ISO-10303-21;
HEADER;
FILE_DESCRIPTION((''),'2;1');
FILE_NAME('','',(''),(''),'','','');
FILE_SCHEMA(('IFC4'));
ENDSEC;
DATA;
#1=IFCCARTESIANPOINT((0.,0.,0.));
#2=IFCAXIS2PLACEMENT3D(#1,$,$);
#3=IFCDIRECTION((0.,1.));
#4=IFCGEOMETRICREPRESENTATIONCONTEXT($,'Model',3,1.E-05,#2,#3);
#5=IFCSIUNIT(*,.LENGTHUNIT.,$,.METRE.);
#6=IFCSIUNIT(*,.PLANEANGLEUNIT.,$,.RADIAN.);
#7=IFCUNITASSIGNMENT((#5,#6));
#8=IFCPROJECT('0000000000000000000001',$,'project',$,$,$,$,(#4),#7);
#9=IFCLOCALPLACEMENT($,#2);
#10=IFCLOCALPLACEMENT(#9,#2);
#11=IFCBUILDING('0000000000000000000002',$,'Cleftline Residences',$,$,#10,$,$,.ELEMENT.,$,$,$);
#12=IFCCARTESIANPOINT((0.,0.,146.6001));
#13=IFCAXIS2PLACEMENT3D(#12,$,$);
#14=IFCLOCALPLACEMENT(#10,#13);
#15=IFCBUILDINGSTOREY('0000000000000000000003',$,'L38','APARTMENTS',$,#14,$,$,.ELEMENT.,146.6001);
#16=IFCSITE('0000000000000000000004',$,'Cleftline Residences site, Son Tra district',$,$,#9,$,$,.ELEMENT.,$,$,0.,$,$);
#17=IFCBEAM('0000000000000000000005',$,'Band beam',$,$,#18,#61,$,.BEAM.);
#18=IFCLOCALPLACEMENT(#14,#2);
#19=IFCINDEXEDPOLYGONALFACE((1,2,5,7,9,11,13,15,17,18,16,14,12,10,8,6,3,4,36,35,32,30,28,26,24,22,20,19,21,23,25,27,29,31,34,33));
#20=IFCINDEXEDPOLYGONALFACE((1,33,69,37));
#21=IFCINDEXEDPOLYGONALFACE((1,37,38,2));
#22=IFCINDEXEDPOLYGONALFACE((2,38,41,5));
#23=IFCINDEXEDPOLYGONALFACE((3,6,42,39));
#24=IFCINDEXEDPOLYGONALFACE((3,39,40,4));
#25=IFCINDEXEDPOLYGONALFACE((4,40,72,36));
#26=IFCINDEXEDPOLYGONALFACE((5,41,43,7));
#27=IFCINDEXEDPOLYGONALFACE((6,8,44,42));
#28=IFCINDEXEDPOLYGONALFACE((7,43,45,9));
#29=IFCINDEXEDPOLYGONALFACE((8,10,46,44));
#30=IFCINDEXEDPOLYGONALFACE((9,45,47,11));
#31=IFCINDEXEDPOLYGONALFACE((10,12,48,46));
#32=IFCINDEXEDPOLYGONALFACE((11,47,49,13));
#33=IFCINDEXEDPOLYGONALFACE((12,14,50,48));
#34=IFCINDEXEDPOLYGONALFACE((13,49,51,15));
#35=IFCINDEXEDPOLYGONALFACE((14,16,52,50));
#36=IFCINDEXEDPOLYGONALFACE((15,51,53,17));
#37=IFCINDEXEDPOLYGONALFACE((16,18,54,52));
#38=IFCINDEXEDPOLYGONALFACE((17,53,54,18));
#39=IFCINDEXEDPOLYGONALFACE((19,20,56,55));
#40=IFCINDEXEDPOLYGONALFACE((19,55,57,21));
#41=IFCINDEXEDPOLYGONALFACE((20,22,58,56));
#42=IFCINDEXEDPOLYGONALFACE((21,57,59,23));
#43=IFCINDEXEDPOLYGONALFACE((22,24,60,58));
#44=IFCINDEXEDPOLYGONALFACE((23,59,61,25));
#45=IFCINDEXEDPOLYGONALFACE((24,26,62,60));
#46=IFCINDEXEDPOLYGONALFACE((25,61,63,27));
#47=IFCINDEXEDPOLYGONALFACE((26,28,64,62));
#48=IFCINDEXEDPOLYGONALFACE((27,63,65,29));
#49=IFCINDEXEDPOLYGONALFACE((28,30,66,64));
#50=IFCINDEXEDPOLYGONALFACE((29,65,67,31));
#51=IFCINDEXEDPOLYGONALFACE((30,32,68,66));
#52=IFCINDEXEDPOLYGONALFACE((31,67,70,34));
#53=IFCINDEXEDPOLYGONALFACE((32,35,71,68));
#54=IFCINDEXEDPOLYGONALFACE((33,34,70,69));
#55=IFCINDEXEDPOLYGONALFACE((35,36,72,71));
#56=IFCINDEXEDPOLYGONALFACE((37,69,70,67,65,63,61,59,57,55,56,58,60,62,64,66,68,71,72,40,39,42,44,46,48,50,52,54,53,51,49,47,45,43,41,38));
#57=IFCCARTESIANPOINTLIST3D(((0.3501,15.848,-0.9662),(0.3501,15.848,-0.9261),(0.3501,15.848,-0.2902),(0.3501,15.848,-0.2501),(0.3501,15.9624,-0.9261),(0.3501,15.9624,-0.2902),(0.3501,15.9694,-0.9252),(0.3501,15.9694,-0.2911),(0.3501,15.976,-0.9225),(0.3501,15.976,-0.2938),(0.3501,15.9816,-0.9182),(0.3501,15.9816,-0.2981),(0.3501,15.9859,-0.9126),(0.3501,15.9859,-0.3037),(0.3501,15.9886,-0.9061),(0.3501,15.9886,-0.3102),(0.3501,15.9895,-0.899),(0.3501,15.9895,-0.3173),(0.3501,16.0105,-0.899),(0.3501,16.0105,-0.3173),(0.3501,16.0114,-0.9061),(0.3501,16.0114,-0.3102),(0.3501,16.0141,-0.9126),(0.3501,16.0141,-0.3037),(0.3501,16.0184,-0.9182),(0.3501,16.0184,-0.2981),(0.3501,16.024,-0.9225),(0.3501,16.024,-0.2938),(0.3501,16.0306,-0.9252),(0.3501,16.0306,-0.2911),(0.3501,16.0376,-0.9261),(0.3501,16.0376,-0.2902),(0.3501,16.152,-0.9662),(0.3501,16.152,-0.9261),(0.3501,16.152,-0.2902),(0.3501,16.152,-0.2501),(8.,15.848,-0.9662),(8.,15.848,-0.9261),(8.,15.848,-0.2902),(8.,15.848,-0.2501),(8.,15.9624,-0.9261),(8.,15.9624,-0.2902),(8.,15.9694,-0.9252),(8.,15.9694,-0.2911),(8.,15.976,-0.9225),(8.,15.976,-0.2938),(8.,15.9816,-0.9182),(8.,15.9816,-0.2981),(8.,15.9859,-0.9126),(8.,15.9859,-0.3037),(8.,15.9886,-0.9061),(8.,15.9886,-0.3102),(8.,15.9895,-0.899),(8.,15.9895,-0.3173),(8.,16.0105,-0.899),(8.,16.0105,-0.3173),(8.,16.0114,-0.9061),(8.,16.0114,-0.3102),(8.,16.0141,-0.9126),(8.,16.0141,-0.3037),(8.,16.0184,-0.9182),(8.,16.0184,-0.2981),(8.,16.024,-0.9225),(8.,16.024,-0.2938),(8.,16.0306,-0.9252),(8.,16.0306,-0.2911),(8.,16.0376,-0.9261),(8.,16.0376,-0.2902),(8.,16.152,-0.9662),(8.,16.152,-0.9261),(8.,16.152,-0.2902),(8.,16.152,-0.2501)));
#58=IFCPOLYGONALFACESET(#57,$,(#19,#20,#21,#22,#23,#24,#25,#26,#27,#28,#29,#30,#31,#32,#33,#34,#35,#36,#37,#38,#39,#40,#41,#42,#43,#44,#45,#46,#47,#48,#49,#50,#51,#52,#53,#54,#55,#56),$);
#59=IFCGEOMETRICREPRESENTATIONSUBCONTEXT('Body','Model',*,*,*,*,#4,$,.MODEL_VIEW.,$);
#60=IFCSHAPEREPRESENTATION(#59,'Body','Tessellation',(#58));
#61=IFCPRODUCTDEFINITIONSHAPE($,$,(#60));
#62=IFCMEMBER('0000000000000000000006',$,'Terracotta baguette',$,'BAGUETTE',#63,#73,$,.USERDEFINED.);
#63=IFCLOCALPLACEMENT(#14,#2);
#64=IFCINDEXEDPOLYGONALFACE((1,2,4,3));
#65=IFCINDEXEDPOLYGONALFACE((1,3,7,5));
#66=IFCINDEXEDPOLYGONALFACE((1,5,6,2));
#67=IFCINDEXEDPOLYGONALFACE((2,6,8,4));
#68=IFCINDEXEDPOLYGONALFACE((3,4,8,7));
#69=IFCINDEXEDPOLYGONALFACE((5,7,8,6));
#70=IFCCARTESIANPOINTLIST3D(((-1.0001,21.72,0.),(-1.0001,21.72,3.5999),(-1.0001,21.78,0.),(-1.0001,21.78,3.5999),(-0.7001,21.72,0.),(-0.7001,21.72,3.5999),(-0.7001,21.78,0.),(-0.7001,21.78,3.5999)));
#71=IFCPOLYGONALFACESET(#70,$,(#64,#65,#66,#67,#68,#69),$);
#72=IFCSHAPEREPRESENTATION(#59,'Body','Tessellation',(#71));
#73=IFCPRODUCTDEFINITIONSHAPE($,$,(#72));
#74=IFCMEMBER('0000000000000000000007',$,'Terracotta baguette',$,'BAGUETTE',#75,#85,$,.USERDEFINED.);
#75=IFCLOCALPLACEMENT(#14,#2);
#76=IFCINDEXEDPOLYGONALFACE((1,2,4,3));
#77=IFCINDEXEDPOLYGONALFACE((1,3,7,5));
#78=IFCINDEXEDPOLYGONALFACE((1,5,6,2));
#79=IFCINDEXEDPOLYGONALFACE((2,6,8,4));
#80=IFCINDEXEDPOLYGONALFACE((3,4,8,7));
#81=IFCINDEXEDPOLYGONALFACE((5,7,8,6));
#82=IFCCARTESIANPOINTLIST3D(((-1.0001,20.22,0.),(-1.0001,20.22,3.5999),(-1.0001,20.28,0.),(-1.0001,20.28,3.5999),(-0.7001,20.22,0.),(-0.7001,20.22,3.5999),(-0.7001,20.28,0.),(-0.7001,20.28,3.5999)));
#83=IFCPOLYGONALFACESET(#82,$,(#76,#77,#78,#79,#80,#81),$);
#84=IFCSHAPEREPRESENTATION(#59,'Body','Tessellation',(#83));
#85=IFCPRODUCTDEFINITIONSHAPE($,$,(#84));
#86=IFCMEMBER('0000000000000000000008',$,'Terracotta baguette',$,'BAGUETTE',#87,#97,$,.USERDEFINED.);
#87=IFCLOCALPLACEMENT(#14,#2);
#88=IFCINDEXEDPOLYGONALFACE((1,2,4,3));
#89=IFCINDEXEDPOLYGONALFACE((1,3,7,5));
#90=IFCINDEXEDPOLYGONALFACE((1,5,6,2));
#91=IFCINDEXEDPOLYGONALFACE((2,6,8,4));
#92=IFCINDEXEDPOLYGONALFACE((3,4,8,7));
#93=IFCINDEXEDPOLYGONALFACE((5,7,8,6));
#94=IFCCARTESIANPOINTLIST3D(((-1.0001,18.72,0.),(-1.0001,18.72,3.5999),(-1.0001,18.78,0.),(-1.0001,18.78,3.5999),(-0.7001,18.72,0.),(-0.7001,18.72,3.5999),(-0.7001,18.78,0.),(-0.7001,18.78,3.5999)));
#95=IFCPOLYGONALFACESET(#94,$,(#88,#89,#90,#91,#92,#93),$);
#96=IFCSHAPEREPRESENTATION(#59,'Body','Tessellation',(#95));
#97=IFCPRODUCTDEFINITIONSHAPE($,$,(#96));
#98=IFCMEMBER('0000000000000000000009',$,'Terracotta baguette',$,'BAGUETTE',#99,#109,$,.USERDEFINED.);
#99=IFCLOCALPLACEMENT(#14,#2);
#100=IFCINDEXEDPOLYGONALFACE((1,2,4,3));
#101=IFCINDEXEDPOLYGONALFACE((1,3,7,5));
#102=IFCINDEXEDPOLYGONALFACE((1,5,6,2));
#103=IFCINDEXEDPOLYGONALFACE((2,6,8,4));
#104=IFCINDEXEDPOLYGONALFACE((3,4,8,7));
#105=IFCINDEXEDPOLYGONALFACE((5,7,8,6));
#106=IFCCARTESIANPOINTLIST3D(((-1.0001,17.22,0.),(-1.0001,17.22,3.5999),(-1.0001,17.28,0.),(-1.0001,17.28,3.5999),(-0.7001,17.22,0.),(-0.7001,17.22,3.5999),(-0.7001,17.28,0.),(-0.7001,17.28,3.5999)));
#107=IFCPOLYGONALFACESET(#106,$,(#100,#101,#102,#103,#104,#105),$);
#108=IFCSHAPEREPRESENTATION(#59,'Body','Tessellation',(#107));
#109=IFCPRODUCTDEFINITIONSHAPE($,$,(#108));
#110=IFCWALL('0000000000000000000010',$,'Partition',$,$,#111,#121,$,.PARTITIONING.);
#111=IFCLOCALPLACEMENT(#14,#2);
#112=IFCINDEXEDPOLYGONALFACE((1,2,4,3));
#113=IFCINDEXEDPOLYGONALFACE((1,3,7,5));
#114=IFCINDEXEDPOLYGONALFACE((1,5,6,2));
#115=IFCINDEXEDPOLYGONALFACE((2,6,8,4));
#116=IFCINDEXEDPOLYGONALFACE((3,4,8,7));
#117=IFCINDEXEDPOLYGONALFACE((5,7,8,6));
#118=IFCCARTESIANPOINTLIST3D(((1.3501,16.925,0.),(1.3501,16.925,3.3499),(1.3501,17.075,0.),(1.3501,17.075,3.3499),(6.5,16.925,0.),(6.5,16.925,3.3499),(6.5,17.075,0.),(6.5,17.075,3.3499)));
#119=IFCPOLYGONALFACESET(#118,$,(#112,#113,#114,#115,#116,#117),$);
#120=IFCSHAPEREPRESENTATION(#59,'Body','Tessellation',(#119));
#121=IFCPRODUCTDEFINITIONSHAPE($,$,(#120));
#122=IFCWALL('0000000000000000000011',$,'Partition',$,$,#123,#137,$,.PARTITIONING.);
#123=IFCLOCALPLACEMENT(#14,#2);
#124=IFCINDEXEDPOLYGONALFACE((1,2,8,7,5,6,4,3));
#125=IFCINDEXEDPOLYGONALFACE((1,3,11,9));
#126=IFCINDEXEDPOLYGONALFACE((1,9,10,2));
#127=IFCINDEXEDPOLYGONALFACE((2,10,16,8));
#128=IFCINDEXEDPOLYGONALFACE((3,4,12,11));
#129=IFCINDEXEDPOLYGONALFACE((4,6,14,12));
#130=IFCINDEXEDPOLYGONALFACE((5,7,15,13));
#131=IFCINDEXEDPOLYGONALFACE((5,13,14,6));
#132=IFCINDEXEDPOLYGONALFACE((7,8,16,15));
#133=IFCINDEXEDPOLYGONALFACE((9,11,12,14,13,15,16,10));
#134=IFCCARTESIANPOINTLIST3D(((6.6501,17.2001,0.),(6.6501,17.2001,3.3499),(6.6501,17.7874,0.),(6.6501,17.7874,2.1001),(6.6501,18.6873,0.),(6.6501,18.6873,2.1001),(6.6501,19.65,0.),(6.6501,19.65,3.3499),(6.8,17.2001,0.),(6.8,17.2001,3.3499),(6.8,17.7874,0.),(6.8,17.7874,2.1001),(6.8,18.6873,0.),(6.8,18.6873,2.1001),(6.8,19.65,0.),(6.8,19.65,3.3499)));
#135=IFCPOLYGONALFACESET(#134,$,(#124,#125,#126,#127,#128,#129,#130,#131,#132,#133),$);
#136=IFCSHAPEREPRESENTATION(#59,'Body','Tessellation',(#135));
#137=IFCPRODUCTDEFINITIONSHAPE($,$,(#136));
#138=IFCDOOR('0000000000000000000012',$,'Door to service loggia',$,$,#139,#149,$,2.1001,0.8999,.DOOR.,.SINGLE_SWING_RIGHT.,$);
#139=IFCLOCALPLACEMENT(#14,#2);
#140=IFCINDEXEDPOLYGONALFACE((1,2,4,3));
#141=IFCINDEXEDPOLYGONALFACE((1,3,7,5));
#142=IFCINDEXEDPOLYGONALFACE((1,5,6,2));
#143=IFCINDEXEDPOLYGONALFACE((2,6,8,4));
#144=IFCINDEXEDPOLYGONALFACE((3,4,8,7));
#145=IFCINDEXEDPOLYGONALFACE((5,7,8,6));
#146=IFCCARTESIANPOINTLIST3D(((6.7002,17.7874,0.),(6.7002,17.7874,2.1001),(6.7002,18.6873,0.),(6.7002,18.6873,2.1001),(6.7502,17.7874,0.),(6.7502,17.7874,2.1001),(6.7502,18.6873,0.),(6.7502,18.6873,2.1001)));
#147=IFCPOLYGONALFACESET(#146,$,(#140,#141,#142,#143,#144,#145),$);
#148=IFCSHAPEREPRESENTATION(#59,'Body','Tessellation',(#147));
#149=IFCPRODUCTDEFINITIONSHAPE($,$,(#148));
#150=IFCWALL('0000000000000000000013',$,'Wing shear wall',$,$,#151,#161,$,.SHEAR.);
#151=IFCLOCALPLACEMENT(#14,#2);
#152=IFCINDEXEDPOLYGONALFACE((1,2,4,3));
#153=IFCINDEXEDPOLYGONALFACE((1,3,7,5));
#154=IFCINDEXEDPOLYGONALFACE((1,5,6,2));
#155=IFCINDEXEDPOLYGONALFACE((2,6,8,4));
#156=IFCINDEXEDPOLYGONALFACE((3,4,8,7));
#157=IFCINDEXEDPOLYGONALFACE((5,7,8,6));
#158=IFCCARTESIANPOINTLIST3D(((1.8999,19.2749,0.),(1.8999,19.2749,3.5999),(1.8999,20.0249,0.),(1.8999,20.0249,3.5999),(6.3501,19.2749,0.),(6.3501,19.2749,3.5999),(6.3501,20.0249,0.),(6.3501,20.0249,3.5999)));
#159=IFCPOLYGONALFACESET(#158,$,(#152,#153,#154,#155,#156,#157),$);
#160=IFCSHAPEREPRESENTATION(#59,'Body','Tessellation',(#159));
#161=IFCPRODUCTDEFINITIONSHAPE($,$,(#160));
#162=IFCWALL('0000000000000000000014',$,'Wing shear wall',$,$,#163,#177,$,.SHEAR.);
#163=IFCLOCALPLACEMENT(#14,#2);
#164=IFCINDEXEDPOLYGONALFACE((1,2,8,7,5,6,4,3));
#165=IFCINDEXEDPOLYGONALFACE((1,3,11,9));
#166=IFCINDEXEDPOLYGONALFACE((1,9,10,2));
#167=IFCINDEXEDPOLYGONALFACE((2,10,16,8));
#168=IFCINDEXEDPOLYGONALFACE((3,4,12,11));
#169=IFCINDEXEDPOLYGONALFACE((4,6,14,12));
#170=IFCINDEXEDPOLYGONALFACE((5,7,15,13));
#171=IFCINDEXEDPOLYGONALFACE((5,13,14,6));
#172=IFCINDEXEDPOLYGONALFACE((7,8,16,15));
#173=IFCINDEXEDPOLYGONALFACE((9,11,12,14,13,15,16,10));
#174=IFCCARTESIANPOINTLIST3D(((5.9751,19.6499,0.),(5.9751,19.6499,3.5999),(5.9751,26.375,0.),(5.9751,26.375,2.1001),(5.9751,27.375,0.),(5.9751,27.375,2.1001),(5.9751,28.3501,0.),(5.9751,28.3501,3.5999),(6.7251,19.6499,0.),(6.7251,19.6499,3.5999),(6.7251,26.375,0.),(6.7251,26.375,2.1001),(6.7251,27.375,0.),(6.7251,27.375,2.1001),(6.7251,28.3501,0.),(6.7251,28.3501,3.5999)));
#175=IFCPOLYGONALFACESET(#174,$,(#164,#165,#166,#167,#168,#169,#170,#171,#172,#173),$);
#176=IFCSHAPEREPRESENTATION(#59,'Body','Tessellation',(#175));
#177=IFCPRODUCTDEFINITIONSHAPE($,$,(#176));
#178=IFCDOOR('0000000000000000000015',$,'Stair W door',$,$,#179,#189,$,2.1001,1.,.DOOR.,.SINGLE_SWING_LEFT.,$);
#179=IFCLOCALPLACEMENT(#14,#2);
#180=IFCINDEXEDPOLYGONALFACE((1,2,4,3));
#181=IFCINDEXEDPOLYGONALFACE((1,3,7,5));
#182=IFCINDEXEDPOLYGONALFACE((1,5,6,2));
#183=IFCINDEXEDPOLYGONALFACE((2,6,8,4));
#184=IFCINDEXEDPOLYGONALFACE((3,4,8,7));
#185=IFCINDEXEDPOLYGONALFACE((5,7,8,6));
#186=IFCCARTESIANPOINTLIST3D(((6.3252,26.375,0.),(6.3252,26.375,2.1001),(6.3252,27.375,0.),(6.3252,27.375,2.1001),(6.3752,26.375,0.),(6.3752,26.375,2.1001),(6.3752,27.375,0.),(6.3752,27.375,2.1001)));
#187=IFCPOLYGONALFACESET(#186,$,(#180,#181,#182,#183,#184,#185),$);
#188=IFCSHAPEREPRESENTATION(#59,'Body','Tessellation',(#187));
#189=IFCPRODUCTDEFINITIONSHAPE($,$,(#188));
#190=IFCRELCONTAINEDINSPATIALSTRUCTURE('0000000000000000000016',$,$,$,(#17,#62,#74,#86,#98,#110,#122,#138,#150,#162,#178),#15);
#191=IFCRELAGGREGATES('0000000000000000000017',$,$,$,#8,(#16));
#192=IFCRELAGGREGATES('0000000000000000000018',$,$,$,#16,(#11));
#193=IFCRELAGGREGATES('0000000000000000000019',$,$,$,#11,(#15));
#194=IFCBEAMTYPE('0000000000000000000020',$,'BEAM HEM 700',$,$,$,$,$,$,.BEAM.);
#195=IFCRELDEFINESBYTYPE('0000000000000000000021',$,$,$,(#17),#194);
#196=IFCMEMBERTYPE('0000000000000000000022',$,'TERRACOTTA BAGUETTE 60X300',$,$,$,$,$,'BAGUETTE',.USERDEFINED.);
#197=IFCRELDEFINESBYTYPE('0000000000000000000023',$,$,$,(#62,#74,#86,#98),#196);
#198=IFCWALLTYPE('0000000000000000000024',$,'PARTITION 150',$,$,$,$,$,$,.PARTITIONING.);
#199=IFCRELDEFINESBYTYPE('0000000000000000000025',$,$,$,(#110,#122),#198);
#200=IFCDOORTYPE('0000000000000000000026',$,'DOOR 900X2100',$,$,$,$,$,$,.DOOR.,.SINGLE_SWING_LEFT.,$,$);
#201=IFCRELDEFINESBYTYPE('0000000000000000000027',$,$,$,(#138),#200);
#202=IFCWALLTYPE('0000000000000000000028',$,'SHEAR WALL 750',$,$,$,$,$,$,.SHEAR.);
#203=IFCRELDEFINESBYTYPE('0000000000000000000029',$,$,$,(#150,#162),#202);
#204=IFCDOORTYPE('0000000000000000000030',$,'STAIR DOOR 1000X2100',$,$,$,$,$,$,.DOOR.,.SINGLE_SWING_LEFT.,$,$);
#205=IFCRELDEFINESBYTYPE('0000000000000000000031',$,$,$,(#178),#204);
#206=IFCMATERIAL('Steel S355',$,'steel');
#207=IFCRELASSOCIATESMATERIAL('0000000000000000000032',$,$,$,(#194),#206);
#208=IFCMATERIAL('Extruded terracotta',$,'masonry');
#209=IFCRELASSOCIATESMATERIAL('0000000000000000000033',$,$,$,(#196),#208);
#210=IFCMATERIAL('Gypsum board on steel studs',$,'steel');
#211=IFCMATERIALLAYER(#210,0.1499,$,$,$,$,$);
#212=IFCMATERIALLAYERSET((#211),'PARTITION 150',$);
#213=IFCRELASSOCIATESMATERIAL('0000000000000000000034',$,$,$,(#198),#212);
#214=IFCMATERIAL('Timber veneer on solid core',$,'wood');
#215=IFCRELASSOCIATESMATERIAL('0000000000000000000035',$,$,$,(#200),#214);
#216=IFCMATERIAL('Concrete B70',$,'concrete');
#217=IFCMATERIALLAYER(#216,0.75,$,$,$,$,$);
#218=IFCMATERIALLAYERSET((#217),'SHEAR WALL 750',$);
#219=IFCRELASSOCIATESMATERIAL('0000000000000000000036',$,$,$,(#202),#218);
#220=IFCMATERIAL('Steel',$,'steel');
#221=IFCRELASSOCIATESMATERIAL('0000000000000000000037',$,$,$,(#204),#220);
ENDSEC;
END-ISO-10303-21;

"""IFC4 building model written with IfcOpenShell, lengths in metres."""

from ifc_helpers import new_model, si_unit, direction, frame, frame_2d, origin, origin_2d, place, context, subcontext, project, spatial, rectangle, i_section, extrude, material, layer, layer_set, material_profile, profile_set, type_object, element, fill, save


model = new_model("IFC4")

# Units and contexts
model_context = context("Model", 3, precision=1e-05, world=origin(), true_north=direction((0.0, 1.0)))
body_context = subcontext(model_context, "Body", "Model", "MODEL_VIEW")
ifc_project = project(units=[si_unit("LENGTHUNIT", "METRE"), si_unit("PLANEANGLEUNIT", "RADIAN")], contexts=[model_context])

# Site, building, storey
site_placement = place(None, origin())
site = spatial("IfcSite", under=ifc_project, at=site_placement, Name="Cleftline Residences site, Son Tra district", CompositionType="ELEMENT", RefElevation=0.0)
building_placement = place(site_placement, origin())
building = spatial("IfcBuilding", under=site, at=building_placement, Name="Cleftline Residences", CompositionType="ELEMENT")
storey_placement = place(building_placement, frame((0.0, 0.0, 146.6001)))
storey = spatial("IfcBuildingStorey", under=building, at=storey_placement, Name="L38", Description="APARTMENTS", CompositionType="ELEMENT", Elevation=146.6001)

# Beam
ifc_material_1 = material(Name="Steel S355", Category="steel")
ifc_material_profile_1 = material_profile(ifc_material_1, i_section(OverallWidth=0.304, OverallDepth=0.7161, WebThickness=0.021, FlangeThickness=0.04, FilletRadius=0.0271, at=origin_2d()))
ifc_profile_set_1 = profile_set([ifc_material_profile_1], Name="Steel S355")
beam_type_1 = type_object("IfcBeamType", Name="BEAM HEM 700", PredefinedType="BEAM", material=ifc_profile_set_1)
beam_1_placement = place(storey_placement, frame((0.3501, 16.0, -0.6082), z_axis=(1.0, 0.0, 0.0), x_axis=(0.0, 1.0, 0.0)))
element("IfcBeam", 1, at=beam_1_placement, inside=storey, type_object=beam_type_1, Name="Band beam", PredefinedType="BEAM", context=body_context, shape_type="SweptSolid", body=[
    extrude(i_section(OverallWidth=0.304, OverallDepth=0.7161, WebThickness=0.021, FlangeThickness=0.04, FilletRadius=0.0271, at=origin_2d()), origin(), (0.0, 0.0, 1.0), 7.6499),
])

# Members
ifc_material_2 = material(Name="Extruded terracotta", Category="masonry")
ifc_material_profile_2 = material_profile(ifc_material_2, rectangle(XDim=0.0601, YDim=0.3, at=origin_2d()))
ifc_profile_set_2 = profile_set([ifc_material_profile_2], Name="Extruded terracotta")
member_type_1 = type_object("IfcMemberType", Name="TERRACOTTA BAGUETTE 60X300", ElementType="BAGUETTE", PredefinedType="USERDEFINED", material=ifc_profile_set_2)
for number, where, z_axis, x_axis, name in (
    (2, (-0.8501, 21.75, 0.0), (0.0, 0.0, 1.0), (0.0, 1.0, 0.0), "Terracotta baguette"),
    (3, (-0.8501, 20.25, 0.0), (0.0, 0.0, 1.0), (0.0, 1.0, 0.0), "Terracotta baguette"),
    (4, (-0.8501, 18.75, 0.0), (0.0, 0.0, 1.0), (0.0, 1.0, 0.0), "Terracotta baguette"),
    (5, (-0.8501, 17.25, 0.0), (0.0, 0.0, 1.0), (0.0, 1.0, 0.0), "Terracotta baguette"),
):
    element("IfcMember", number, at=place(storey_placement, frame(where, z_axis=z_axis, x_axis=x_axis)), inside=storey, type_object=member_type_1, Name=name, ObjectType="BAGUETTE", PredefinedType="USERDEFINED", context=body_context, shape_type="SweptSolid", body=[
        extrude(rectangle(XDim=0.0601, YDim=0.3, at=origin_2d()), origin(), (0.0, 0.0, 1.0), 3.5999),
    ])

# Wall
ifc_material_3 = material(Name="Gypsum board on steel studs", Category="steel")
ifc_layer_1 = layer(ifc_material_3, 0.1499)
ifc_layer_set_1 = layer_set([ifc_layer_1], Name="PARTITION 150")
wall_type_1 = type_object("IfcWallType", Name="PARTITION 150", PredefinedType="PARTITIONING", material=ifc_layer_set_1)
wall_1_placement = place(storey_placement, frame((1.3501, 17.0, 0.0), z_axis=(0.0, 0.0, 1.0), x_axis=(1.0, 0.0, 0.0)))
element("IfcWall", 6, at=wall_1_placement, inside=storey, type_object=wall_type_1, Name="Partition", PredefinedType="PARTITIONING", context=body_context, shape_type="SweptSolid", body=[
    extrude(rectangle(XDim=5.1499, YDim=0.1499, at=frame_2d((2.575, 0.0))), origin(), (0.0, 0.0, 1.0), 3.3499),
])

# Wall, opening, door
wall_2_placement = place(storey_placement, frame((6.7251, 17.2, 0.0), z_axis=(0.0, 0.0, 1.0), x_axis=(0.0, 1.0, 0.0)))
wall_2 = element("IfcWall", 7, at=wall_2_placement, inside=storey, type_object=wall_type_1, Name="Partition", PredefinedType="PARTITIONING", context=body_context, shape_type="SweptSolid", body=[
    extrude(rectangle(XDim=2.45, YDim=0.1499, at=frame_2d((1.2251, 0.0))), origin(), (0.0, 0.0, 1.0), 3.3499),
])
opening_1_placement = place(wall_2_placement, frame((0.5874, 0.0, 0.0)))
opening_1 = element("IfcOpeningElement", 8, at=opening_1_placement, cuts=wall_2, PredefinedType="OPENING", context=body_context, shape_type="SweptSolid", body=[
    extrude(rectangle(XDim=0.8999, YDim=2.1001, at=frame_2d((0.45, 1.05))), frame((0.0, 0.085, 0.0), z_axis=(0.0, -1.0, 0.0), x_axis=(1.0, 0.0, 0.0)), (0.0, 0.0, 1.0), 0.1699),
])
ifc_material_4 = material(Name="Timber veneer on solid core", Category="wood")
door_type_1 = type_object("IfcDoorType", Name="DOOR 900X2100", OperationType="SINGLE_SWING_LEFT", PredefinedType="DOOR", material=ifc_material_4)
door_1_placement = place(opening_1_placement, origin())
door_1 = element("IfcDoor", 9, at=door_1_placement, inside=storey, type_object=door_type_1, Name="Door to service loggia", OperationType="SINGLE_SWING_RIGHT", OverallHeight=2.1001, OverallWidth=0.8999, PredefinedType="DOOR", context=body_context, shape_type="SweptSolid", body=[
    extrude(rectangle(XDim=0.8999, YDim=2.1001, at=frame_2d((0.45, 1.05))), frame((0.0, 0.0249, 0.0), z_axis=(0.0, -1.0, 0.0), x_axis=(1.0, 0.0, 0.0)), (0.0, 0.0, 1.0), 0.05),
])
fill(opening_1, door_1)

# Wall
ifc_material_5 = material(Name="Concrete B70", Category="concrete")
ifc_layer_2 = layer(ifc_material_5, 0.75)
ifc_layer_set_2 = layer_set([ifc_layer_2], Name="SHEAR WALL 750")
wall_type_2 = type_object("IfcWallType", Name="SHEAR WALL 750", PredefinedType="SHEAR", material=ifc_layer_set_2)
wall_3_placement = place(storey_placement, frame((1.8999, 19.6499, 0.0), z_axis=(0.0, 0.0, 1.0), x_axis=(1.0, 0.0, 0.0)))
element("IfcWall", 10, at=wall_3_placement, inside=storey, type_object=wall_type_2, Name="Wing shear wall", PredefinedType="SHEAR", context=body_context, shape_type="SweptSolid", body=[
    extrude(rectangle(XDim=4.4502, YDim=0.75, at=frame_2d((2.2251, 0.0))), origin(), (0.0, 0.0, 1.0), 3.5999),
])

# Wall, opening, door
wall_4_placement = place(storey_placement, frame((6.3501, 19.6499, 0.0), z_axis=(0.0, 0.0, 1.0), x_axis=(0.0, 1.0, 0.0)))
wall_4 = element("IfcWall", 11, at=wall_4_placement, inside=storey, type_object=wall_type_2, Name="Wing shear wall", PredefinedType="SHEAR", context=body_context, shape_type="SweptSolid", body=[
    extrude(rectangle(XDim=8.7002, YDim=0.75, at=frame_2d((4.3501, 0.0))), origin(), (0.0, 0.0, 1.0), 3.5999),
])
opening_2_placement = place(wall_4_placement, frame((6.7251, 0.0, 0.0)))
opening_2 = element("IfcOpeningElement", 12, at=opening_2_placement, cuts=wall_4, PredefinedType="OPENING", context=body_context, shape_type="SweptSolid", body=[
    extrude(rectangle(XDim=1.0, YDim=2.1001, at=frame_2d((0.5, 1.05))), frame((0.0, 0.385, 0.0), z_axis=(0.0, -1.0, 0.0), x_axis=(1.0, 0.0, 0.0)), (0.0, 0.0, 1.0), 0.77),
])
ifc_material_6 = material(Name="Steel", Category="steel")
door_type_2 = type_object("IfcDoorType", Name="STAIR DOOR 1000X2100", OperationType="SINGLE_SWING_LEFT", PredefinedType="DOOR", material=ifc_material_6)
door_2_placement = place(opening_2_placement, origin())
door_2 = element("IfcDoor", 13, at=door_2_placement, inside=storey, type_object=door_type_2, Name="Stair W door", OperationType="SINGLE_SWING_LEFT", OverallHeight=2.1001, OverallWidth=1.0, PredefinedType="DOOR", context=body_context, shape_type="SweptSolid", body=[
    extrude(rectangle(XDim=1.0, YDim=2.1001, at=frame_2d((0.5, 1.05))), frame((0.0, 0.0249, 0.0), z_axis=(0.0, -1.0, 0.0), x_axis=(1.0, 0.0, 0.0)), (0.0, 0.0, 1.0), 0.05),
])
fill(opening_2, door_2)

save(model, "model.ifc")
